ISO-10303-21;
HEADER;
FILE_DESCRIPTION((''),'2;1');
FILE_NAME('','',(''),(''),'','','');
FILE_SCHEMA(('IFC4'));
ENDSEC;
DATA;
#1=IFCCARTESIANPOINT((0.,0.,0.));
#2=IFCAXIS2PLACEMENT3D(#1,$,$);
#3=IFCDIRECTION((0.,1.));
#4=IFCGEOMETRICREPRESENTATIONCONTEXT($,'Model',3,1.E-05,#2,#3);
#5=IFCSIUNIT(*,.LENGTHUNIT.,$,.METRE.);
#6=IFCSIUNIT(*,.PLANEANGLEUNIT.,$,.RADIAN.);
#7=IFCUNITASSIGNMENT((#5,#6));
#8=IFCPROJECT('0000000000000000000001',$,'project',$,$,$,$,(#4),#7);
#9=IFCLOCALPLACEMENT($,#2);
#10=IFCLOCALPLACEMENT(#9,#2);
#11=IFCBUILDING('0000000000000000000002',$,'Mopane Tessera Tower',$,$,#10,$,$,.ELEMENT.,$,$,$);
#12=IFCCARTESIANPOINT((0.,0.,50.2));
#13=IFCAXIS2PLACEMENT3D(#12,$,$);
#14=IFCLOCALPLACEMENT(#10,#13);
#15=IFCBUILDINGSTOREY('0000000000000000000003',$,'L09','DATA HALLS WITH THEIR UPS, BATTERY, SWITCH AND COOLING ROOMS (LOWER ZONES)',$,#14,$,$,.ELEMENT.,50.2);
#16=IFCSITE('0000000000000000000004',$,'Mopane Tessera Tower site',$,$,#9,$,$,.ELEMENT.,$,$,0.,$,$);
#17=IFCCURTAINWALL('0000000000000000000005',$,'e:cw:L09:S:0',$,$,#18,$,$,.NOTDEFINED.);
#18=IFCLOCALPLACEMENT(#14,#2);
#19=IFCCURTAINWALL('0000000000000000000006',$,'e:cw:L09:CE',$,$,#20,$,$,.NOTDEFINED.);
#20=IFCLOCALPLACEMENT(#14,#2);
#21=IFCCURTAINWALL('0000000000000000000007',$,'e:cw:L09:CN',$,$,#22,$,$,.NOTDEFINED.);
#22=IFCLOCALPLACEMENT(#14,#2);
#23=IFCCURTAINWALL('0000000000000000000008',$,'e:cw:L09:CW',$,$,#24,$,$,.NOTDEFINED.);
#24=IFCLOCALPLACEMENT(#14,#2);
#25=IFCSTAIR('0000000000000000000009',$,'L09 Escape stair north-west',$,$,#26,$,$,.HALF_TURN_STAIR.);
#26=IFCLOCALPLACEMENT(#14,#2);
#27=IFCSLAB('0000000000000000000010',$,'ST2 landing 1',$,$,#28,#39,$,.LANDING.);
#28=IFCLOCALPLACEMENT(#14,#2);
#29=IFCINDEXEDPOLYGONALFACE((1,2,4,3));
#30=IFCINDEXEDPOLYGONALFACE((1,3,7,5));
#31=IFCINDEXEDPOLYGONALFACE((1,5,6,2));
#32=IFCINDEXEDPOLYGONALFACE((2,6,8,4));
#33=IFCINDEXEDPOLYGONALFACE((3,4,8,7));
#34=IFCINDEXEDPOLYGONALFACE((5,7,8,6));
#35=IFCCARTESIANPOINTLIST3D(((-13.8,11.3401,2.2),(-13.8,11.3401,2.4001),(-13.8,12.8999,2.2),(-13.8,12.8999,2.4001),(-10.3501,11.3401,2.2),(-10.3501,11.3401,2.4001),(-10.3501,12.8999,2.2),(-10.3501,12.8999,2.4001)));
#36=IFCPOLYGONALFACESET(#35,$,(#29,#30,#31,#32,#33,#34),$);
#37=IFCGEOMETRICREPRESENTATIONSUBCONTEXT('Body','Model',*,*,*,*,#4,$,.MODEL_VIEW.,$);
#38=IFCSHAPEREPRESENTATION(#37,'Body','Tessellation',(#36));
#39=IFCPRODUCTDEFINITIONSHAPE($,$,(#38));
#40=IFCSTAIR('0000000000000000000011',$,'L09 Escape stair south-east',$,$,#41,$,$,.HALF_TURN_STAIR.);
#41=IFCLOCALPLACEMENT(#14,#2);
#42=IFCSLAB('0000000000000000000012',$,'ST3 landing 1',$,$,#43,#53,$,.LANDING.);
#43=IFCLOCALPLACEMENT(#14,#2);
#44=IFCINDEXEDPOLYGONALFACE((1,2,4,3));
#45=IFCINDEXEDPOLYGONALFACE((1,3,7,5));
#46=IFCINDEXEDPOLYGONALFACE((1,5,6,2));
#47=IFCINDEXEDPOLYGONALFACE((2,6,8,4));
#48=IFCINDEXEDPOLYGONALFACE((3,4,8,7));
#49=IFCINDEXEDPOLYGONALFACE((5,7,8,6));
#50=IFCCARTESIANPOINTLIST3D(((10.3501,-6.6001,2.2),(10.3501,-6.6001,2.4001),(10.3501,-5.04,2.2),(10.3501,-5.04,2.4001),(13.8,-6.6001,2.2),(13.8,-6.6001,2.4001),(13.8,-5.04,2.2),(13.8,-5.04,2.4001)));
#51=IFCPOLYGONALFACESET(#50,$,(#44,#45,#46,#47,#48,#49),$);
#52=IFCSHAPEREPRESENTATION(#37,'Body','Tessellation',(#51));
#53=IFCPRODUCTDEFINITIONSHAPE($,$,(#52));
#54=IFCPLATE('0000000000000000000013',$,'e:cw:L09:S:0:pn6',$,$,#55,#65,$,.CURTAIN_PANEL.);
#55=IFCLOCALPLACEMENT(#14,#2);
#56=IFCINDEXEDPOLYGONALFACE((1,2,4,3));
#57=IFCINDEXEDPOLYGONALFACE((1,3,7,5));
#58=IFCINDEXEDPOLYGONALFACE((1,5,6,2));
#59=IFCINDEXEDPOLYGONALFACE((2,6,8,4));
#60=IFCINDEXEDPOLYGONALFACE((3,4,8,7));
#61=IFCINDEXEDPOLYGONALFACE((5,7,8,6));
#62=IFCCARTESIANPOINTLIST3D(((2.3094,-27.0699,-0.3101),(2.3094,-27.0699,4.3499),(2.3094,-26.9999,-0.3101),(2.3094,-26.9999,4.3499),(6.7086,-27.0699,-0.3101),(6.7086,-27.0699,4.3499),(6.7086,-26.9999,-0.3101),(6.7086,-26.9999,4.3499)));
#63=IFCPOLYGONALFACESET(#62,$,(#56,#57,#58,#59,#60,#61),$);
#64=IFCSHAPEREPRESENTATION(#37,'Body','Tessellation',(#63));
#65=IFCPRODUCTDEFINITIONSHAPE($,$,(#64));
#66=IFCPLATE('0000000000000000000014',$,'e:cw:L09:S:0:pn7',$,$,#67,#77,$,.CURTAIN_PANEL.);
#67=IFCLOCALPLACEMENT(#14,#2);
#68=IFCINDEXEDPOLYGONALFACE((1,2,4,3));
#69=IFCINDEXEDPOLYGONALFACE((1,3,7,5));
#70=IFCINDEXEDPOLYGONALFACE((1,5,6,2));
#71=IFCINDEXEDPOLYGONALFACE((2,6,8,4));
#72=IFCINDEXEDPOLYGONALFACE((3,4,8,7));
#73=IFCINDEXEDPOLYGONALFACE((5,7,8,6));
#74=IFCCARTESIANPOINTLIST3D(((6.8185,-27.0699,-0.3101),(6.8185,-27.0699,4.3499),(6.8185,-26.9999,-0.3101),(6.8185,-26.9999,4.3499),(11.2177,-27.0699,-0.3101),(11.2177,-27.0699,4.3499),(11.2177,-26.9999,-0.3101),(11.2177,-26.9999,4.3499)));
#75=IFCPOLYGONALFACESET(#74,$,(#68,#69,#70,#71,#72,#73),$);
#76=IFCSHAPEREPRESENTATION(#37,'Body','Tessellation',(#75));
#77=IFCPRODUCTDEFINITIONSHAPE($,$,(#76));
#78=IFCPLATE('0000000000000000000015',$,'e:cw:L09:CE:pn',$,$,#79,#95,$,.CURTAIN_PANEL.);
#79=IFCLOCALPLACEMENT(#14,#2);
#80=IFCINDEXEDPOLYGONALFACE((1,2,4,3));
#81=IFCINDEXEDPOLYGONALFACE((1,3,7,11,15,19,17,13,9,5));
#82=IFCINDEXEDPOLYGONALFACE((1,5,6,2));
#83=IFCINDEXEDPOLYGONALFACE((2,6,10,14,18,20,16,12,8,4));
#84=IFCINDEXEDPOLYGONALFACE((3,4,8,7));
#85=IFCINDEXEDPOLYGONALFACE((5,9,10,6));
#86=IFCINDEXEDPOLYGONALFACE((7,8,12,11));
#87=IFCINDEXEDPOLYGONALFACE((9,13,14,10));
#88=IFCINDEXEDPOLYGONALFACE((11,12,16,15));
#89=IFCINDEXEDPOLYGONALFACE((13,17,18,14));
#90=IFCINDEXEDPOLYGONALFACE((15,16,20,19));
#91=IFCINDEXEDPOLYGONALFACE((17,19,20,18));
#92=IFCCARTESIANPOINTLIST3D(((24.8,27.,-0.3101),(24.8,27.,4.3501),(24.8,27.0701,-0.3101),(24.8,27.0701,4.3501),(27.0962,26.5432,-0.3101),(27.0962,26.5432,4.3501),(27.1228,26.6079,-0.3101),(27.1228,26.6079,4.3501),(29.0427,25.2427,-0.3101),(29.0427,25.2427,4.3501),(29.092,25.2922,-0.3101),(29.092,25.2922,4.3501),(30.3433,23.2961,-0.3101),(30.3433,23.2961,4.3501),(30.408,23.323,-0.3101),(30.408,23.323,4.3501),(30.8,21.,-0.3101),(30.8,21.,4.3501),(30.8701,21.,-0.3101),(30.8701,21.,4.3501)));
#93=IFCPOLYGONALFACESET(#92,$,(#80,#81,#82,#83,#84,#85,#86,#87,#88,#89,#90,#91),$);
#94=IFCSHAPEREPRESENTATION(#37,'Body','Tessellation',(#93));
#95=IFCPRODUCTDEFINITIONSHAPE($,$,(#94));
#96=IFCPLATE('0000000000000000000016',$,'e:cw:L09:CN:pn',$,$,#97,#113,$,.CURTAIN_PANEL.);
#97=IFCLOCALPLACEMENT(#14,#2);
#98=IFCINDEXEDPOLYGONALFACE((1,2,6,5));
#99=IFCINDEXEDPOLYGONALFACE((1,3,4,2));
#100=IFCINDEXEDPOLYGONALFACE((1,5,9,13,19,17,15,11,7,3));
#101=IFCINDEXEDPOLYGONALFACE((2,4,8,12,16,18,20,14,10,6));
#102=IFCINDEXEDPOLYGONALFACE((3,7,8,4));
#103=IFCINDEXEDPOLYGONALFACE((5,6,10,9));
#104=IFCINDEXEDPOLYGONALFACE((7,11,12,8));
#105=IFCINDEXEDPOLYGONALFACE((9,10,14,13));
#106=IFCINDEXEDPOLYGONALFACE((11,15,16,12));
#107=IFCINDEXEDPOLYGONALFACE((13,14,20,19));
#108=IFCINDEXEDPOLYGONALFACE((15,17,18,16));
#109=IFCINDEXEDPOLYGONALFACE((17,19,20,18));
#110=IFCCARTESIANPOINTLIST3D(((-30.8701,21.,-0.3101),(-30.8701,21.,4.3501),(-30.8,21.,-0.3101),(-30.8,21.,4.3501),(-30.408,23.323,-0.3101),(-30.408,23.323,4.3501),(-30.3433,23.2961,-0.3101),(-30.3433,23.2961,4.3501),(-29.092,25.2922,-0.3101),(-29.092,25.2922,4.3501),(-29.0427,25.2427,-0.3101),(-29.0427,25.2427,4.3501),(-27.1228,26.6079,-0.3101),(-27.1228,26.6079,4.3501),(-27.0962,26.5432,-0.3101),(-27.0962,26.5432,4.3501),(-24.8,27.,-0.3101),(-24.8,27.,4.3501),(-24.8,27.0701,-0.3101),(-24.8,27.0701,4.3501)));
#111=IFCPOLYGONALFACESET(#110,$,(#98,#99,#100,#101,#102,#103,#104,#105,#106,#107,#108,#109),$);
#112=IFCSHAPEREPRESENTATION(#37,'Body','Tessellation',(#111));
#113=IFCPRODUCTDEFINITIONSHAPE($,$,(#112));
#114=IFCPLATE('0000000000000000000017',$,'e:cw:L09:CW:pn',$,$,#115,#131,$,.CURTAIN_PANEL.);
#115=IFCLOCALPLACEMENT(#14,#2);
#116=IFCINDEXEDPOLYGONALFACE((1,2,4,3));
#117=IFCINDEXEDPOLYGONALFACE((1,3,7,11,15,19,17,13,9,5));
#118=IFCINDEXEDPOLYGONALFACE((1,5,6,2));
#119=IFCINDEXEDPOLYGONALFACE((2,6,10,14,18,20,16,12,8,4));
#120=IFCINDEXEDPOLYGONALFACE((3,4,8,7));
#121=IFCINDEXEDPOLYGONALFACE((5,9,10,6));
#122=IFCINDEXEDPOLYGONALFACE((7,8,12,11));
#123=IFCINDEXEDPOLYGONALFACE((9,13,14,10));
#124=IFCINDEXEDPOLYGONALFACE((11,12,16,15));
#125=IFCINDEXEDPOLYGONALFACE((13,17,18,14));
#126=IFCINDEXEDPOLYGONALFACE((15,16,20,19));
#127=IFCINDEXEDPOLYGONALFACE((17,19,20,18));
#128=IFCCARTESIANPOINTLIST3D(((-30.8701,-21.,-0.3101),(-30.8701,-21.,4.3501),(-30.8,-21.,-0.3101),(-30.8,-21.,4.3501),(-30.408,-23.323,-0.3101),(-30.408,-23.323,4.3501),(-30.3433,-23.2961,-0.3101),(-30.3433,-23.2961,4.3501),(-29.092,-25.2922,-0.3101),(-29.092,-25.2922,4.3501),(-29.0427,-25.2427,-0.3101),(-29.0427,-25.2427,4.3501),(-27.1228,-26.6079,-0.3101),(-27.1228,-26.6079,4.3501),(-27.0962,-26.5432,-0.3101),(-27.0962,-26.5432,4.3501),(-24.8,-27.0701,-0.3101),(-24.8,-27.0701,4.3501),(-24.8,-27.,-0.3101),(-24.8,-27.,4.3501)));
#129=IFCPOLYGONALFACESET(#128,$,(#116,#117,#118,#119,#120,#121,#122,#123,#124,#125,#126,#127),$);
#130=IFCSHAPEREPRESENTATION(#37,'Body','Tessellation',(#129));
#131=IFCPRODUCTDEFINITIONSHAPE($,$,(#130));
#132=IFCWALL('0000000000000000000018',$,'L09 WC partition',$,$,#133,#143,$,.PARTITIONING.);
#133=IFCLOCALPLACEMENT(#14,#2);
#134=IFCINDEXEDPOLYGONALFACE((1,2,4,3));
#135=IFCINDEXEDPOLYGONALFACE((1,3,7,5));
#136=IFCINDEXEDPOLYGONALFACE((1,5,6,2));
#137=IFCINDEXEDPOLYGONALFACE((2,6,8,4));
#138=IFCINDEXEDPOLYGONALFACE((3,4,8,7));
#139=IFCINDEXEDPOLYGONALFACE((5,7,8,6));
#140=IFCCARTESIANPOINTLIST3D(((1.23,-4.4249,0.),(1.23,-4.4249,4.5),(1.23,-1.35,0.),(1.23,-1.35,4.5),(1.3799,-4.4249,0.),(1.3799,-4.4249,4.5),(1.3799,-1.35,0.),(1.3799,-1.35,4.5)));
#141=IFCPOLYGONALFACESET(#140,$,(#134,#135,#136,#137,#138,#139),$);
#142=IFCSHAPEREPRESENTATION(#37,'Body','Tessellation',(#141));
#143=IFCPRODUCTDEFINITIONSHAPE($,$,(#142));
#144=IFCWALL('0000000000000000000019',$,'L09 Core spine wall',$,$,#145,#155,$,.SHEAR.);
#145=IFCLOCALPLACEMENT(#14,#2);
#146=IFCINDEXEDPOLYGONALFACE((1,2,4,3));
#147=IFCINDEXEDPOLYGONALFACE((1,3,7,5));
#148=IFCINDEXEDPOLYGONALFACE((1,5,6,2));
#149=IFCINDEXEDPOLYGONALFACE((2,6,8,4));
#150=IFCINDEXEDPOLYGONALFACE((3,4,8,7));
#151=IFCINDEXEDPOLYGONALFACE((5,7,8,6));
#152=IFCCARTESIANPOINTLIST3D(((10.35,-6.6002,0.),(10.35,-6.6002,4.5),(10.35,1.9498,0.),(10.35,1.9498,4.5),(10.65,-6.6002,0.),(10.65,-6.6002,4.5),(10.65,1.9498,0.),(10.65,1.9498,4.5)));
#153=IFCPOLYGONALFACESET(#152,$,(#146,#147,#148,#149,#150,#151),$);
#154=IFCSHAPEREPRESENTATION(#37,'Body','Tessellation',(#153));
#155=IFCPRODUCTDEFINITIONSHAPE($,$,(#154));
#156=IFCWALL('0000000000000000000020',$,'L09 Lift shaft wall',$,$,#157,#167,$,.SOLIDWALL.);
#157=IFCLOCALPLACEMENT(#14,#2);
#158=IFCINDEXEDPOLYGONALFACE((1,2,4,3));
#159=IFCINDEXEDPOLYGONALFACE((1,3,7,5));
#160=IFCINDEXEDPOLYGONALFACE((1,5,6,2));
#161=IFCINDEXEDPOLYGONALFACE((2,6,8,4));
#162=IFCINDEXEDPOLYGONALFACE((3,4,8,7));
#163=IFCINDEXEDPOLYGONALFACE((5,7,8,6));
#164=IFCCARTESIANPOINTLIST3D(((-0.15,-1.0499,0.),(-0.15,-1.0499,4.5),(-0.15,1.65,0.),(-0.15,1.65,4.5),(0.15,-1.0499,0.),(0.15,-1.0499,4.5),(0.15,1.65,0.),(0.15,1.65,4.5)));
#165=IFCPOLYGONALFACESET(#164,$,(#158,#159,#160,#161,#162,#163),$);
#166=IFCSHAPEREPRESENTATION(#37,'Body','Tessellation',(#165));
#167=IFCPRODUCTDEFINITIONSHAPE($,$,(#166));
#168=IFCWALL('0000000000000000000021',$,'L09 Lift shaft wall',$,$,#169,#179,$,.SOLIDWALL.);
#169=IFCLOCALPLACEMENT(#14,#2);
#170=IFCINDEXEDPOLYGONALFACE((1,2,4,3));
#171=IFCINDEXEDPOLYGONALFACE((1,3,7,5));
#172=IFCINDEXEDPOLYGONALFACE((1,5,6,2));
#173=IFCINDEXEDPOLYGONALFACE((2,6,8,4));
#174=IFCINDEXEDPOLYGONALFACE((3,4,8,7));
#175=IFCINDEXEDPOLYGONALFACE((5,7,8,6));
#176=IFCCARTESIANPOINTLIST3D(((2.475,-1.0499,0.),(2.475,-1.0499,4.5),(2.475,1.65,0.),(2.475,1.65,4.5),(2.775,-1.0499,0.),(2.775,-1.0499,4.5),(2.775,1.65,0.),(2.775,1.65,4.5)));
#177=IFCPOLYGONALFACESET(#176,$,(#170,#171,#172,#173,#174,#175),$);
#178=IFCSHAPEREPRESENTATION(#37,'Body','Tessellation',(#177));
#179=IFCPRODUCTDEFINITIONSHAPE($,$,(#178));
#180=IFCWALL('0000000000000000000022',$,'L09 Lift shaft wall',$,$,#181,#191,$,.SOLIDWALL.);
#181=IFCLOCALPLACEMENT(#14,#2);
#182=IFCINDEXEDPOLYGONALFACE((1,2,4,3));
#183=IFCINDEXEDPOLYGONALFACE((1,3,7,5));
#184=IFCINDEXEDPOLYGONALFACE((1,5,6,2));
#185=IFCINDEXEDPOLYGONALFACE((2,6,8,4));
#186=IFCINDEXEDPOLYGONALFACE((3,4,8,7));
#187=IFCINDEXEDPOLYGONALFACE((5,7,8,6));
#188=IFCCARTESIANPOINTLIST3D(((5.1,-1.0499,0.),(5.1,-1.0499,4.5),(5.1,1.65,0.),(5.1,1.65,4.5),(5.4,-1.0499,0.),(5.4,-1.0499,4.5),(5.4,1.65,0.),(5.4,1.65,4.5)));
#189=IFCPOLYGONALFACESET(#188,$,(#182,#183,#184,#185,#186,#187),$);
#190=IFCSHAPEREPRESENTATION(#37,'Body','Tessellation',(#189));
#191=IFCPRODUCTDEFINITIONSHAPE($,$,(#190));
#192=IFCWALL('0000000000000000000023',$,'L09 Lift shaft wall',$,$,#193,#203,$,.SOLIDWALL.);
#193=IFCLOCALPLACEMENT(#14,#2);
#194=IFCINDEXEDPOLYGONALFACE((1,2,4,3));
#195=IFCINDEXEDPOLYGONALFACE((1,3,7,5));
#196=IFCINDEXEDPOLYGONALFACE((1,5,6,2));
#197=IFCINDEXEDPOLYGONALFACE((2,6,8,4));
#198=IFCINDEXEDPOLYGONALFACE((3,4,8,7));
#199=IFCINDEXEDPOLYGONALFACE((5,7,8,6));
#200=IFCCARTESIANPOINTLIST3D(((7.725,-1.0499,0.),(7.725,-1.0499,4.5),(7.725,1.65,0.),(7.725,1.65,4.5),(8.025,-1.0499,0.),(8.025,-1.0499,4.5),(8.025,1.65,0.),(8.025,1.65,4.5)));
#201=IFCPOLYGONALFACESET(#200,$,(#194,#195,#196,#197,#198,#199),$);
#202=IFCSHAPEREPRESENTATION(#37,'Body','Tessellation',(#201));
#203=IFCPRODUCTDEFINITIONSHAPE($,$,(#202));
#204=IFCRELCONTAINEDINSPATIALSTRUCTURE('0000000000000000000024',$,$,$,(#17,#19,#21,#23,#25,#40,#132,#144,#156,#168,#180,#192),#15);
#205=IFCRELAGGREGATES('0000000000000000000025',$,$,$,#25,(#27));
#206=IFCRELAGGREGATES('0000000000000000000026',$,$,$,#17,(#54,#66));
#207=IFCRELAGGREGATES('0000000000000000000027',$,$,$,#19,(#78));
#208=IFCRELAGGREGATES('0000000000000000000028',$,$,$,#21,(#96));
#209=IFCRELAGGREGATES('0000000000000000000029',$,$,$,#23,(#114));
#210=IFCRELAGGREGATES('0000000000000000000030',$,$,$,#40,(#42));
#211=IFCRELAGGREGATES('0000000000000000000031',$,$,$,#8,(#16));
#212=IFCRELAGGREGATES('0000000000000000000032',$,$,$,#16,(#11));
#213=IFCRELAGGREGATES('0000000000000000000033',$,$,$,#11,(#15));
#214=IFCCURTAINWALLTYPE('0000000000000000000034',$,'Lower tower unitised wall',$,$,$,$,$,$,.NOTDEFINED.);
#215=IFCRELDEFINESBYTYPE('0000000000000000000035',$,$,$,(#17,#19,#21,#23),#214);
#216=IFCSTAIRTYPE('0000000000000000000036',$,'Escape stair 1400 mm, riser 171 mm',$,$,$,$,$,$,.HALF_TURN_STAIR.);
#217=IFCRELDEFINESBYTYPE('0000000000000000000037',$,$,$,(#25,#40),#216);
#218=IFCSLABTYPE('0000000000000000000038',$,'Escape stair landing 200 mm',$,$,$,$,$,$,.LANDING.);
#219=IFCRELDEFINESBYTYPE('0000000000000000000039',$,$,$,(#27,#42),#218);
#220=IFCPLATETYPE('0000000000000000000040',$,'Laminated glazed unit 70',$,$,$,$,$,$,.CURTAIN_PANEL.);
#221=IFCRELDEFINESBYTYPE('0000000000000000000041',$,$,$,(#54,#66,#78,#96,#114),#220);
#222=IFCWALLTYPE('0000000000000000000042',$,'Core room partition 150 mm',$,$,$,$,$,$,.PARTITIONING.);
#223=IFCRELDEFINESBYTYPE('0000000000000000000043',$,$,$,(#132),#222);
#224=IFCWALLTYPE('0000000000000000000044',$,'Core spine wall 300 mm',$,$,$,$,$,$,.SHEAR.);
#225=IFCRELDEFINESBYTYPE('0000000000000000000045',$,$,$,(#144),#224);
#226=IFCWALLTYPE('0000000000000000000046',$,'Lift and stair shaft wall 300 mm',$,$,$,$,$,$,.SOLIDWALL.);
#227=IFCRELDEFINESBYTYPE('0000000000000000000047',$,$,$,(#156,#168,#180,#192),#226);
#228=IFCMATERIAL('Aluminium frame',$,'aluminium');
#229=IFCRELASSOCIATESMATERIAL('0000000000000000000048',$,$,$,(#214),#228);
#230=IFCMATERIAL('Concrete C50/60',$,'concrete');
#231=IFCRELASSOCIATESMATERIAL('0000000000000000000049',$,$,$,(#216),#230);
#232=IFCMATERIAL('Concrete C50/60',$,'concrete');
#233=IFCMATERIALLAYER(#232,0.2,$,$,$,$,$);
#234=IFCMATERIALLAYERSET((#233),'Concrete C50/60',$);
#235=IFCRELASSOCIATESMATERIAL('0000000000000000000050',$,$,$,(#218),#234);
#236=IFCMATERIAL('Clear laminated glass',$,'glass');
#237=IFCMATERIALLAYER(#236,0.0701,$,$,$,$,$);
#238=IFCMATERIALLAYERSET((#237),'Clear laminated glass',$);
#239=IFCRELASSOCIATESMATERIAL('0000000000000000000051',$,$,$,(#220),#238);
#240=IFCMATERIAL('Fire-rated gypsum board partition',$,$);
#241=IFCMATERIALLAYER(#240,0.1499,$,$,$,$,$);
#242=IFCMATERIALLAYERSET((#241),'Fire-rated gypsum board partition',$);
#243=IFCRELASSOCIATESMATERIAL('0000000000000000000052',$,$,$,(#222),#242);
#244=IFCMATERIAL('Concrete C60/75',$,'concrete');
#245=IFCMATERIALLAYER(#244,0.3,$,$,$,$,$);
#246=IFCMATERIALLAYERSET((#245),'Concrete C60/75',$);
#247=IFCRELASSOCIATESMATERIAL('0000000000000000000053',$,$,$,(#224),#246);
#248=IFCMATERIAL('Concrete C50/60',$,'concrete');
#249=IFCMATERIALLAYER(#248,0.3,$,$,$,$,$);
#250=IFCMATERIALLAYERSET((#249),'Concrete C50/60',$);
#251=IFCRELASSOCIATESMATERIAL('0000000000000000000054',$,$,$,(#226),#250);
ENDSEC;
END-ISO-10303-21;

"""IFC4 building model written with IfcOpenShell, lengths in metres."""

from ifc_helpers import new_model, si_unit, direction, frame, frame_2d, origin, origin_2d, place, context, subcontext, project, spatial, polyline, rectangle, outline, extrude, material, layer, layer_set, type_object, element, aggregate, save


model = new_model("IFC4")

# Units and contexts
model_context = context("Model", 3, precision=1e-05, world=origin(), true_north=direction((0.0, 1.0)))
body_context = subcontext(model_context, "Body", "Model", "MODEL_VIEW")
ifc_project = project(units=[si_unit("LENGTHUNIT", "METRE"), si_unit("PLANEANGLEUNIT", "RADIAN")], contexts=[model_context])

# Site, building, storey
site_placement = place(None, origin())
site = spatial("IfcSite", under=ifc_project, at=site_placement, Name="Mopane Tessera Tower site", CompositionType="ELEMENT", RefElevation=0.0)
building_placement = place(site_placement, origin())
building = spatial("IfcBuilding", under=site, at=building_placement, Name="Mopane Tessera Tower", CompositionType="ELEMENT")
storey_placement = place(building_placement, frame((0.0, 0.0, 50.2)))
storey = spatial("IfcBuildingStorey", under=building, at=storey_placement, Name="L09", Description="DATA HALLS WITH THEIR UPS, BATTERY, SWITCH AND COOLING ROOMS (LOWER ZONES)", CompositionType="ELEMENT", Elevation=50.2)

# Curtain wall
ifc_material_1 = material(Name="Aluminium frame", Category="aluminium")
curtain_wall_type = type_object("IfcCurtainWallType", Name="Lower tower unitised wall", PredefinedType="NOTDEFINED", material=ifc_material_1)
curtain_wall_1_placement = place(storey_placement, origin())
curtain_wall_1 = element("IfcCurtainWall", 1, at=curtain_wall_1_placement, inside=storey, type_object=curtain_wall_type, Name="e:cw:L09:S:0", PredefinedType="NOTDEFINED")

# Curtain walls
curtain_wall_2_placement = place(storey_placement, origin())
curtain_wall_2 = element("IfcCurtainWall", 2, at=curtain_wall_2_placement, inside=storey, type_object=curtain_wall_type, Name="e:cw:L09:CE", PredefinedType="NOTDEFINED")
curtain_wall_3_placement = place(storey_placement, origin())
curtain_wall_3 = element("IfcCurtainWall", 3, at=curtain_wall_3_placement, inside=storey, type_object=curtain_wall_type, Name="e:cw:L09:CN", PredefinedType="NOTDEFINED")
curtain_wall_4_placement = place(storey_placement, origin())
curtain_wall_4 = element("IfcCurtainWall", 4, at=curtain_wall_4_placement, inside=storey, type_object=curtain_wall_type, Name="e:cw:L09:CW", PredefinedType="NOTDEFINED")

# Stairs, slabs
ifc_material_2 = material(Name="Concrete C50/60", Category="concrete")
stair_type = type_object("IfcStairType", Name="Escape stair 1400 mm, riser 171 mm", PredefinedType="HALF_TURN_STAIR", material=ifc_material_2)
ifc_material_3 = material(Name="Concrete C50/60", Category="concrete")
ifc_layer_1 = layer(ifc_material_3, 0.2)
ifc_layer_set_1 = layer_set([ifc_layer_1], Name="Concrete C50/60")
slab_type = type_object("IfcSlabType", Name="Escape stair landing 200 mm", PredefinedType="LANDING", material=ifc_layer_set_1)
stair_1_placement = place(storey_placement, origin())
stair_1 = element("IfcStair", 5, at=stair_1_placement, inside=storey, type_object=stair_type, Name="L09 Escape stair north-west", PredefinedType="HALF_TURN_STAIR")
slab_1_placement = place(storey_placement, frame((0.0, 0.0, 2.2)))
slab_1 = element("IfcSlab", 6, at=slab_1_placement, type_object=slab_type, Name="ST2 landing 1", PredefinedType="LANDING", context=body_context, shape_type="SweptSolid", body=[
    extrude(outline(polyline([(-10.3501, 11.3401), (-10.3501, 12.8999), (-13.8, 12.8999), (-13.8, 11.3401), (-10.3501, 11.3401)])), origin(), (0.0, 0.0, 1.0), 0.2002),
])
aggregate(stair_1, [slab_1])
stair_2_placement = place(storey_placement, origin())
stair_2 = element("IfcStair", 7, at=stair_2_placement, inside=storey, type_object=stair_type, Name="L09 Escape stair south-east", PredefinedType="HALF_TURN_STAIR")
slab_2_placement = place(storey_placement, frame((0.0, 0.0, 2.2)))
slab_2 = element("IfcSlab", 8, at=slab_2_placement, type_object=slab_type, Name="ST3 landing 1", PredefinedType="LANDING", context=body_context, shape_type="SweptSolid", body=[
    extrude(outline(polyline([(10.3501, -5.04), (10.3501, -6.6001), (13.8, -6.6001), (13.8, -5.04), (10.3501, -5.04)])), origin(), (0.0, 0.0, 1.0), 0.2002),
])

# Plates
ifc_material_4 = material(Name="Clear laminated glass", Category="glass")
ifc_layer_2 = layer(ifc_material_4, 0.0701)
ifc_layer_set_2 = layer_set([ifc_layer_2], Name="Clear laminated glass")
plate_type = type_object("IfcPlateType", Name="Laminated glazed unit 70", PredefinedType="CURTAIN_PANEL", material=ifc_layer_set_2)
plate_1_placement = place(storey_placement, frame((4.509, -27.0349, -0.3101), z_axis=(0.0, 0.0, 1.0), x_axis=(1.0, 0.0, 0.0)))
plate_1 = element("IfcPlate", 9, at=plate_1_placement, type_object=plate_type, Name="e:cw:L09:S:0:pn6", PredefinedType="CURTAIN_PANEL", context=body_context, shape_type="SweptSolid", body=[
    extrude(rectangle(XDim=4.3992, YDim=0.0701, at=origin_2d()), origin(), (0.0, 0.0, 1.0), 4.6599),
])
plate_2_placement = place(storey_placement, frame((9.0181, -27.0349, -0.3101), z_axis=(0.0, 0.0, 1.0), x_axis=(1.0, 0.0, 0.0)))
plate_2 = element("IfcPlate", 10, at=plate_2_placement, type_object=plate_type, Name="e:cw:L09:S:0:pn7", PredefinedType="CURTAIN_PANEL", context=body_context, shape_type="SweptSolid", body=[
    extrude(rectangle(XDim=4.3992, YDim=0.0701, at=origin_2d()), origin(), (0.0, 0.0, 1.0), 4.6599),
])
aggregate(curtain_wall_1, [plate_1, plate_2])
plate_3_placement = place(storey_placement, frame((0.0, 0.0, -0.3101)))
plate_3 = element("IfcPlate", 11, at=plate_3_placement, type_object=plate_type, Name="e:cw:L09:CE:pn", PredefinedType="CURTAIN_PANEL", context=body_context, shape_type="SweptSolid", body=[
    extrude(outline(polyline([(30.8, 21.0), (30.3433, 23.2961), (29.0427, 25.2427), (27.0962, 26.5432), (24.8, 27.0), (24.8, 27.0701), (27.1228, 26.6079), (29.092, 25.2922), (30.408, 23.323), (30.8701, 21.0), (30.8, 21.0)])), origin(), (0.0, 0.0, 1.0), 4.6602),
])
aggregate(curtain_wall_2, [plate_3])
plate_4_placement = place(storey_placement, frame((0.0, 0.0, -0.3101)))
plate_4 = element("IfcPlate", 12, at=plate_4_placement, type_object=plate_type, Name="e:cw:L09:CN:pn", PredefinedType="CURTAIN_PANEL", context=body_context, shape_type="SweptSolid", body=[
    extrude(outline(polyline([(-24.8, 27.0), (-27.0962, 26.5432), (-29.0427, 25.2427), (-30.3433, 23.2961), (-30.8, 21.0), (-30.8701, 21.0), (-30.408, 23.323), (-29.092, 25.2922), (-27.1228, 26.6079), (-24.8, 27.0701), (-24.8, 27.0)])), origin(), (0.0, 0.0, 1.0), 4.6602),
])
aggregate(curtain_wall_3, [plate_4])
plate_5_placement = place(storey_placement, frame((0.0, 0.0, -0.3101)))
plate_5 = element("IfcPlate", 13, at=plate_5_placement, type_object=plate_type, Name="e:cw:L09:CW:pn", PredefinedType="CURTAIN_PANEL", context=body_context, shape_type="SweptSolid", body=[
    extrude(outline(polyline([(-30.8, -21.0), (-30.3433, -23.2961), (-29.0427, -25.2427), (-27.0962, -26.5432), (-24.8, -27.0), (-24.8, -27.0701), (-27.1228, -26.6079), (-29.092, -25.2922), (-30.408, -23.323), (-30.8701, -21.0), (-30.8, -21.0)])), origin(), (0.0, 0.0, 1.0), 4.6602),
])
aggregate(curtain_wall_4, [plate_5])

# Walls
ifc_material_5 = material(Name="Fire-rated gypsum board partition")
ifc_layer_3 = layer(ifc_material_5, 0.1499)
ifc_layer_set_3 = layer_set([ifc_layer_3], Name="Fire-rated gypsum board partition")
wall_type_1 = type_object("IfcWallType", Name="Core room partition 150 mm", PredefinedType="PARTITIONING", material=ifc_layer_set_3)
wall_1_placement = place(storey_placement, frame((1.3049, -4.425, 0.0), z_axis=(0.0, 0.0, 1.0), x_axis=(0.0, 1.0, 0.0)))
element("IfcWall", 14, at=wall_1_placement, inside=storey, type_object=wall_type_1, Name="L09 WC partition", PredefinedType="PARTITIONING", context=body_context, shape_type="SweptSolid", body=[
    extrude(rectangle(XDim=3.075, YDim=0.1499, at=frame_2d((1.5376, 0.0))), origin(), (0.0, 0.0, 1.0), 4.5),
])
ifc_material_6 = material(Name="Concrete C60/75", Category="concrete")
ifc_layer_4 = layer(ifc_material_6, 0.3)
ifc_layer_set_4 = layer_set([ifc_layer_4], Name="Concrete C60/75")
wall_type_2 = type_object("IfcWallType", Name="Core spine wall 300 mm", PredefinedType="SHEAR", material=ifc_layer_set_4)
wall_2_placement = place(storey_placement, frame((10.5, -6.6001, 0.0), z_axis=(0.0, 0.0, 1.0), x_axis=(0.0, 1.0, 0.0)))
element("IfcWall", 15, at=wall_2_placement, inside=storey, type_object=wall_type_2, Name="L09 Core spine wall", PredefinedType="SHEAR", context=body_context, shape_type="SweptSolid", body=[
    extrude(rectangle(XDim=8.55, YDim=0.3, at=frame_2d((4.2749, 0.0))), origin(), (0.0, 0.0, 1.0), 4.5),
])
ifc_material_7 = material(Name="Concrete C50/60", Category="concrete")
ifc_layer_5 = layer(ifc_material_7, 0.3)
ifc_layer_set_5 = layer_set([ifc_layer_5], Name="Concrete C50/60")
wall_type_3 = type_object("IfcWallType", Name="Lift and stair shaft wall 300 mm", PredefinedType="SOLIDWALL", material=ifc_layer_set_5)
for number, where, z_axis, x_axis, name in (
    (16, (0.0, -1.05, 0.0), (0.0, 0.0, 1.0), (0.0, 1.0, 0.0), "L09 Lift shaft wall"),
    (17, (2.625, -1.05, 0.0), (0.0, 0.0, 1.0), (0.0, 1.0, 0.0), "L09 Lift shaft wall"),
    (18, (5.25, -1.05, 0.0), (0.0, 0.0, 1.0), (0.0, 1.0, 0.0), "L09 Lift shaft wall"),
    (19, (7.875, -1.05, 0.0), (0.0, 0.0, 1.0), (0.0, 1.0, 0.0), "L09 Lift shaft wall"),
):
    element("IfcWall", number, at=place(storey_placement, frame(where, z_axis=z_axis, x_axis=x_axis)), inside=storey, type_object=wall_type_3, Name=name, PredefinedType="SOLIDWALL", context=body_context, shape_type="SweptSolid", body=[
        extrude(rectangle(XDim=2.7, YDim=0.3, at=frame_2d((1.3501, 0.0))), origin(), (0.0, 0.0, 1.0), 4.5),
    ])

aggregate(stair_2, [slab_2])

save(model, "model.ifc")
